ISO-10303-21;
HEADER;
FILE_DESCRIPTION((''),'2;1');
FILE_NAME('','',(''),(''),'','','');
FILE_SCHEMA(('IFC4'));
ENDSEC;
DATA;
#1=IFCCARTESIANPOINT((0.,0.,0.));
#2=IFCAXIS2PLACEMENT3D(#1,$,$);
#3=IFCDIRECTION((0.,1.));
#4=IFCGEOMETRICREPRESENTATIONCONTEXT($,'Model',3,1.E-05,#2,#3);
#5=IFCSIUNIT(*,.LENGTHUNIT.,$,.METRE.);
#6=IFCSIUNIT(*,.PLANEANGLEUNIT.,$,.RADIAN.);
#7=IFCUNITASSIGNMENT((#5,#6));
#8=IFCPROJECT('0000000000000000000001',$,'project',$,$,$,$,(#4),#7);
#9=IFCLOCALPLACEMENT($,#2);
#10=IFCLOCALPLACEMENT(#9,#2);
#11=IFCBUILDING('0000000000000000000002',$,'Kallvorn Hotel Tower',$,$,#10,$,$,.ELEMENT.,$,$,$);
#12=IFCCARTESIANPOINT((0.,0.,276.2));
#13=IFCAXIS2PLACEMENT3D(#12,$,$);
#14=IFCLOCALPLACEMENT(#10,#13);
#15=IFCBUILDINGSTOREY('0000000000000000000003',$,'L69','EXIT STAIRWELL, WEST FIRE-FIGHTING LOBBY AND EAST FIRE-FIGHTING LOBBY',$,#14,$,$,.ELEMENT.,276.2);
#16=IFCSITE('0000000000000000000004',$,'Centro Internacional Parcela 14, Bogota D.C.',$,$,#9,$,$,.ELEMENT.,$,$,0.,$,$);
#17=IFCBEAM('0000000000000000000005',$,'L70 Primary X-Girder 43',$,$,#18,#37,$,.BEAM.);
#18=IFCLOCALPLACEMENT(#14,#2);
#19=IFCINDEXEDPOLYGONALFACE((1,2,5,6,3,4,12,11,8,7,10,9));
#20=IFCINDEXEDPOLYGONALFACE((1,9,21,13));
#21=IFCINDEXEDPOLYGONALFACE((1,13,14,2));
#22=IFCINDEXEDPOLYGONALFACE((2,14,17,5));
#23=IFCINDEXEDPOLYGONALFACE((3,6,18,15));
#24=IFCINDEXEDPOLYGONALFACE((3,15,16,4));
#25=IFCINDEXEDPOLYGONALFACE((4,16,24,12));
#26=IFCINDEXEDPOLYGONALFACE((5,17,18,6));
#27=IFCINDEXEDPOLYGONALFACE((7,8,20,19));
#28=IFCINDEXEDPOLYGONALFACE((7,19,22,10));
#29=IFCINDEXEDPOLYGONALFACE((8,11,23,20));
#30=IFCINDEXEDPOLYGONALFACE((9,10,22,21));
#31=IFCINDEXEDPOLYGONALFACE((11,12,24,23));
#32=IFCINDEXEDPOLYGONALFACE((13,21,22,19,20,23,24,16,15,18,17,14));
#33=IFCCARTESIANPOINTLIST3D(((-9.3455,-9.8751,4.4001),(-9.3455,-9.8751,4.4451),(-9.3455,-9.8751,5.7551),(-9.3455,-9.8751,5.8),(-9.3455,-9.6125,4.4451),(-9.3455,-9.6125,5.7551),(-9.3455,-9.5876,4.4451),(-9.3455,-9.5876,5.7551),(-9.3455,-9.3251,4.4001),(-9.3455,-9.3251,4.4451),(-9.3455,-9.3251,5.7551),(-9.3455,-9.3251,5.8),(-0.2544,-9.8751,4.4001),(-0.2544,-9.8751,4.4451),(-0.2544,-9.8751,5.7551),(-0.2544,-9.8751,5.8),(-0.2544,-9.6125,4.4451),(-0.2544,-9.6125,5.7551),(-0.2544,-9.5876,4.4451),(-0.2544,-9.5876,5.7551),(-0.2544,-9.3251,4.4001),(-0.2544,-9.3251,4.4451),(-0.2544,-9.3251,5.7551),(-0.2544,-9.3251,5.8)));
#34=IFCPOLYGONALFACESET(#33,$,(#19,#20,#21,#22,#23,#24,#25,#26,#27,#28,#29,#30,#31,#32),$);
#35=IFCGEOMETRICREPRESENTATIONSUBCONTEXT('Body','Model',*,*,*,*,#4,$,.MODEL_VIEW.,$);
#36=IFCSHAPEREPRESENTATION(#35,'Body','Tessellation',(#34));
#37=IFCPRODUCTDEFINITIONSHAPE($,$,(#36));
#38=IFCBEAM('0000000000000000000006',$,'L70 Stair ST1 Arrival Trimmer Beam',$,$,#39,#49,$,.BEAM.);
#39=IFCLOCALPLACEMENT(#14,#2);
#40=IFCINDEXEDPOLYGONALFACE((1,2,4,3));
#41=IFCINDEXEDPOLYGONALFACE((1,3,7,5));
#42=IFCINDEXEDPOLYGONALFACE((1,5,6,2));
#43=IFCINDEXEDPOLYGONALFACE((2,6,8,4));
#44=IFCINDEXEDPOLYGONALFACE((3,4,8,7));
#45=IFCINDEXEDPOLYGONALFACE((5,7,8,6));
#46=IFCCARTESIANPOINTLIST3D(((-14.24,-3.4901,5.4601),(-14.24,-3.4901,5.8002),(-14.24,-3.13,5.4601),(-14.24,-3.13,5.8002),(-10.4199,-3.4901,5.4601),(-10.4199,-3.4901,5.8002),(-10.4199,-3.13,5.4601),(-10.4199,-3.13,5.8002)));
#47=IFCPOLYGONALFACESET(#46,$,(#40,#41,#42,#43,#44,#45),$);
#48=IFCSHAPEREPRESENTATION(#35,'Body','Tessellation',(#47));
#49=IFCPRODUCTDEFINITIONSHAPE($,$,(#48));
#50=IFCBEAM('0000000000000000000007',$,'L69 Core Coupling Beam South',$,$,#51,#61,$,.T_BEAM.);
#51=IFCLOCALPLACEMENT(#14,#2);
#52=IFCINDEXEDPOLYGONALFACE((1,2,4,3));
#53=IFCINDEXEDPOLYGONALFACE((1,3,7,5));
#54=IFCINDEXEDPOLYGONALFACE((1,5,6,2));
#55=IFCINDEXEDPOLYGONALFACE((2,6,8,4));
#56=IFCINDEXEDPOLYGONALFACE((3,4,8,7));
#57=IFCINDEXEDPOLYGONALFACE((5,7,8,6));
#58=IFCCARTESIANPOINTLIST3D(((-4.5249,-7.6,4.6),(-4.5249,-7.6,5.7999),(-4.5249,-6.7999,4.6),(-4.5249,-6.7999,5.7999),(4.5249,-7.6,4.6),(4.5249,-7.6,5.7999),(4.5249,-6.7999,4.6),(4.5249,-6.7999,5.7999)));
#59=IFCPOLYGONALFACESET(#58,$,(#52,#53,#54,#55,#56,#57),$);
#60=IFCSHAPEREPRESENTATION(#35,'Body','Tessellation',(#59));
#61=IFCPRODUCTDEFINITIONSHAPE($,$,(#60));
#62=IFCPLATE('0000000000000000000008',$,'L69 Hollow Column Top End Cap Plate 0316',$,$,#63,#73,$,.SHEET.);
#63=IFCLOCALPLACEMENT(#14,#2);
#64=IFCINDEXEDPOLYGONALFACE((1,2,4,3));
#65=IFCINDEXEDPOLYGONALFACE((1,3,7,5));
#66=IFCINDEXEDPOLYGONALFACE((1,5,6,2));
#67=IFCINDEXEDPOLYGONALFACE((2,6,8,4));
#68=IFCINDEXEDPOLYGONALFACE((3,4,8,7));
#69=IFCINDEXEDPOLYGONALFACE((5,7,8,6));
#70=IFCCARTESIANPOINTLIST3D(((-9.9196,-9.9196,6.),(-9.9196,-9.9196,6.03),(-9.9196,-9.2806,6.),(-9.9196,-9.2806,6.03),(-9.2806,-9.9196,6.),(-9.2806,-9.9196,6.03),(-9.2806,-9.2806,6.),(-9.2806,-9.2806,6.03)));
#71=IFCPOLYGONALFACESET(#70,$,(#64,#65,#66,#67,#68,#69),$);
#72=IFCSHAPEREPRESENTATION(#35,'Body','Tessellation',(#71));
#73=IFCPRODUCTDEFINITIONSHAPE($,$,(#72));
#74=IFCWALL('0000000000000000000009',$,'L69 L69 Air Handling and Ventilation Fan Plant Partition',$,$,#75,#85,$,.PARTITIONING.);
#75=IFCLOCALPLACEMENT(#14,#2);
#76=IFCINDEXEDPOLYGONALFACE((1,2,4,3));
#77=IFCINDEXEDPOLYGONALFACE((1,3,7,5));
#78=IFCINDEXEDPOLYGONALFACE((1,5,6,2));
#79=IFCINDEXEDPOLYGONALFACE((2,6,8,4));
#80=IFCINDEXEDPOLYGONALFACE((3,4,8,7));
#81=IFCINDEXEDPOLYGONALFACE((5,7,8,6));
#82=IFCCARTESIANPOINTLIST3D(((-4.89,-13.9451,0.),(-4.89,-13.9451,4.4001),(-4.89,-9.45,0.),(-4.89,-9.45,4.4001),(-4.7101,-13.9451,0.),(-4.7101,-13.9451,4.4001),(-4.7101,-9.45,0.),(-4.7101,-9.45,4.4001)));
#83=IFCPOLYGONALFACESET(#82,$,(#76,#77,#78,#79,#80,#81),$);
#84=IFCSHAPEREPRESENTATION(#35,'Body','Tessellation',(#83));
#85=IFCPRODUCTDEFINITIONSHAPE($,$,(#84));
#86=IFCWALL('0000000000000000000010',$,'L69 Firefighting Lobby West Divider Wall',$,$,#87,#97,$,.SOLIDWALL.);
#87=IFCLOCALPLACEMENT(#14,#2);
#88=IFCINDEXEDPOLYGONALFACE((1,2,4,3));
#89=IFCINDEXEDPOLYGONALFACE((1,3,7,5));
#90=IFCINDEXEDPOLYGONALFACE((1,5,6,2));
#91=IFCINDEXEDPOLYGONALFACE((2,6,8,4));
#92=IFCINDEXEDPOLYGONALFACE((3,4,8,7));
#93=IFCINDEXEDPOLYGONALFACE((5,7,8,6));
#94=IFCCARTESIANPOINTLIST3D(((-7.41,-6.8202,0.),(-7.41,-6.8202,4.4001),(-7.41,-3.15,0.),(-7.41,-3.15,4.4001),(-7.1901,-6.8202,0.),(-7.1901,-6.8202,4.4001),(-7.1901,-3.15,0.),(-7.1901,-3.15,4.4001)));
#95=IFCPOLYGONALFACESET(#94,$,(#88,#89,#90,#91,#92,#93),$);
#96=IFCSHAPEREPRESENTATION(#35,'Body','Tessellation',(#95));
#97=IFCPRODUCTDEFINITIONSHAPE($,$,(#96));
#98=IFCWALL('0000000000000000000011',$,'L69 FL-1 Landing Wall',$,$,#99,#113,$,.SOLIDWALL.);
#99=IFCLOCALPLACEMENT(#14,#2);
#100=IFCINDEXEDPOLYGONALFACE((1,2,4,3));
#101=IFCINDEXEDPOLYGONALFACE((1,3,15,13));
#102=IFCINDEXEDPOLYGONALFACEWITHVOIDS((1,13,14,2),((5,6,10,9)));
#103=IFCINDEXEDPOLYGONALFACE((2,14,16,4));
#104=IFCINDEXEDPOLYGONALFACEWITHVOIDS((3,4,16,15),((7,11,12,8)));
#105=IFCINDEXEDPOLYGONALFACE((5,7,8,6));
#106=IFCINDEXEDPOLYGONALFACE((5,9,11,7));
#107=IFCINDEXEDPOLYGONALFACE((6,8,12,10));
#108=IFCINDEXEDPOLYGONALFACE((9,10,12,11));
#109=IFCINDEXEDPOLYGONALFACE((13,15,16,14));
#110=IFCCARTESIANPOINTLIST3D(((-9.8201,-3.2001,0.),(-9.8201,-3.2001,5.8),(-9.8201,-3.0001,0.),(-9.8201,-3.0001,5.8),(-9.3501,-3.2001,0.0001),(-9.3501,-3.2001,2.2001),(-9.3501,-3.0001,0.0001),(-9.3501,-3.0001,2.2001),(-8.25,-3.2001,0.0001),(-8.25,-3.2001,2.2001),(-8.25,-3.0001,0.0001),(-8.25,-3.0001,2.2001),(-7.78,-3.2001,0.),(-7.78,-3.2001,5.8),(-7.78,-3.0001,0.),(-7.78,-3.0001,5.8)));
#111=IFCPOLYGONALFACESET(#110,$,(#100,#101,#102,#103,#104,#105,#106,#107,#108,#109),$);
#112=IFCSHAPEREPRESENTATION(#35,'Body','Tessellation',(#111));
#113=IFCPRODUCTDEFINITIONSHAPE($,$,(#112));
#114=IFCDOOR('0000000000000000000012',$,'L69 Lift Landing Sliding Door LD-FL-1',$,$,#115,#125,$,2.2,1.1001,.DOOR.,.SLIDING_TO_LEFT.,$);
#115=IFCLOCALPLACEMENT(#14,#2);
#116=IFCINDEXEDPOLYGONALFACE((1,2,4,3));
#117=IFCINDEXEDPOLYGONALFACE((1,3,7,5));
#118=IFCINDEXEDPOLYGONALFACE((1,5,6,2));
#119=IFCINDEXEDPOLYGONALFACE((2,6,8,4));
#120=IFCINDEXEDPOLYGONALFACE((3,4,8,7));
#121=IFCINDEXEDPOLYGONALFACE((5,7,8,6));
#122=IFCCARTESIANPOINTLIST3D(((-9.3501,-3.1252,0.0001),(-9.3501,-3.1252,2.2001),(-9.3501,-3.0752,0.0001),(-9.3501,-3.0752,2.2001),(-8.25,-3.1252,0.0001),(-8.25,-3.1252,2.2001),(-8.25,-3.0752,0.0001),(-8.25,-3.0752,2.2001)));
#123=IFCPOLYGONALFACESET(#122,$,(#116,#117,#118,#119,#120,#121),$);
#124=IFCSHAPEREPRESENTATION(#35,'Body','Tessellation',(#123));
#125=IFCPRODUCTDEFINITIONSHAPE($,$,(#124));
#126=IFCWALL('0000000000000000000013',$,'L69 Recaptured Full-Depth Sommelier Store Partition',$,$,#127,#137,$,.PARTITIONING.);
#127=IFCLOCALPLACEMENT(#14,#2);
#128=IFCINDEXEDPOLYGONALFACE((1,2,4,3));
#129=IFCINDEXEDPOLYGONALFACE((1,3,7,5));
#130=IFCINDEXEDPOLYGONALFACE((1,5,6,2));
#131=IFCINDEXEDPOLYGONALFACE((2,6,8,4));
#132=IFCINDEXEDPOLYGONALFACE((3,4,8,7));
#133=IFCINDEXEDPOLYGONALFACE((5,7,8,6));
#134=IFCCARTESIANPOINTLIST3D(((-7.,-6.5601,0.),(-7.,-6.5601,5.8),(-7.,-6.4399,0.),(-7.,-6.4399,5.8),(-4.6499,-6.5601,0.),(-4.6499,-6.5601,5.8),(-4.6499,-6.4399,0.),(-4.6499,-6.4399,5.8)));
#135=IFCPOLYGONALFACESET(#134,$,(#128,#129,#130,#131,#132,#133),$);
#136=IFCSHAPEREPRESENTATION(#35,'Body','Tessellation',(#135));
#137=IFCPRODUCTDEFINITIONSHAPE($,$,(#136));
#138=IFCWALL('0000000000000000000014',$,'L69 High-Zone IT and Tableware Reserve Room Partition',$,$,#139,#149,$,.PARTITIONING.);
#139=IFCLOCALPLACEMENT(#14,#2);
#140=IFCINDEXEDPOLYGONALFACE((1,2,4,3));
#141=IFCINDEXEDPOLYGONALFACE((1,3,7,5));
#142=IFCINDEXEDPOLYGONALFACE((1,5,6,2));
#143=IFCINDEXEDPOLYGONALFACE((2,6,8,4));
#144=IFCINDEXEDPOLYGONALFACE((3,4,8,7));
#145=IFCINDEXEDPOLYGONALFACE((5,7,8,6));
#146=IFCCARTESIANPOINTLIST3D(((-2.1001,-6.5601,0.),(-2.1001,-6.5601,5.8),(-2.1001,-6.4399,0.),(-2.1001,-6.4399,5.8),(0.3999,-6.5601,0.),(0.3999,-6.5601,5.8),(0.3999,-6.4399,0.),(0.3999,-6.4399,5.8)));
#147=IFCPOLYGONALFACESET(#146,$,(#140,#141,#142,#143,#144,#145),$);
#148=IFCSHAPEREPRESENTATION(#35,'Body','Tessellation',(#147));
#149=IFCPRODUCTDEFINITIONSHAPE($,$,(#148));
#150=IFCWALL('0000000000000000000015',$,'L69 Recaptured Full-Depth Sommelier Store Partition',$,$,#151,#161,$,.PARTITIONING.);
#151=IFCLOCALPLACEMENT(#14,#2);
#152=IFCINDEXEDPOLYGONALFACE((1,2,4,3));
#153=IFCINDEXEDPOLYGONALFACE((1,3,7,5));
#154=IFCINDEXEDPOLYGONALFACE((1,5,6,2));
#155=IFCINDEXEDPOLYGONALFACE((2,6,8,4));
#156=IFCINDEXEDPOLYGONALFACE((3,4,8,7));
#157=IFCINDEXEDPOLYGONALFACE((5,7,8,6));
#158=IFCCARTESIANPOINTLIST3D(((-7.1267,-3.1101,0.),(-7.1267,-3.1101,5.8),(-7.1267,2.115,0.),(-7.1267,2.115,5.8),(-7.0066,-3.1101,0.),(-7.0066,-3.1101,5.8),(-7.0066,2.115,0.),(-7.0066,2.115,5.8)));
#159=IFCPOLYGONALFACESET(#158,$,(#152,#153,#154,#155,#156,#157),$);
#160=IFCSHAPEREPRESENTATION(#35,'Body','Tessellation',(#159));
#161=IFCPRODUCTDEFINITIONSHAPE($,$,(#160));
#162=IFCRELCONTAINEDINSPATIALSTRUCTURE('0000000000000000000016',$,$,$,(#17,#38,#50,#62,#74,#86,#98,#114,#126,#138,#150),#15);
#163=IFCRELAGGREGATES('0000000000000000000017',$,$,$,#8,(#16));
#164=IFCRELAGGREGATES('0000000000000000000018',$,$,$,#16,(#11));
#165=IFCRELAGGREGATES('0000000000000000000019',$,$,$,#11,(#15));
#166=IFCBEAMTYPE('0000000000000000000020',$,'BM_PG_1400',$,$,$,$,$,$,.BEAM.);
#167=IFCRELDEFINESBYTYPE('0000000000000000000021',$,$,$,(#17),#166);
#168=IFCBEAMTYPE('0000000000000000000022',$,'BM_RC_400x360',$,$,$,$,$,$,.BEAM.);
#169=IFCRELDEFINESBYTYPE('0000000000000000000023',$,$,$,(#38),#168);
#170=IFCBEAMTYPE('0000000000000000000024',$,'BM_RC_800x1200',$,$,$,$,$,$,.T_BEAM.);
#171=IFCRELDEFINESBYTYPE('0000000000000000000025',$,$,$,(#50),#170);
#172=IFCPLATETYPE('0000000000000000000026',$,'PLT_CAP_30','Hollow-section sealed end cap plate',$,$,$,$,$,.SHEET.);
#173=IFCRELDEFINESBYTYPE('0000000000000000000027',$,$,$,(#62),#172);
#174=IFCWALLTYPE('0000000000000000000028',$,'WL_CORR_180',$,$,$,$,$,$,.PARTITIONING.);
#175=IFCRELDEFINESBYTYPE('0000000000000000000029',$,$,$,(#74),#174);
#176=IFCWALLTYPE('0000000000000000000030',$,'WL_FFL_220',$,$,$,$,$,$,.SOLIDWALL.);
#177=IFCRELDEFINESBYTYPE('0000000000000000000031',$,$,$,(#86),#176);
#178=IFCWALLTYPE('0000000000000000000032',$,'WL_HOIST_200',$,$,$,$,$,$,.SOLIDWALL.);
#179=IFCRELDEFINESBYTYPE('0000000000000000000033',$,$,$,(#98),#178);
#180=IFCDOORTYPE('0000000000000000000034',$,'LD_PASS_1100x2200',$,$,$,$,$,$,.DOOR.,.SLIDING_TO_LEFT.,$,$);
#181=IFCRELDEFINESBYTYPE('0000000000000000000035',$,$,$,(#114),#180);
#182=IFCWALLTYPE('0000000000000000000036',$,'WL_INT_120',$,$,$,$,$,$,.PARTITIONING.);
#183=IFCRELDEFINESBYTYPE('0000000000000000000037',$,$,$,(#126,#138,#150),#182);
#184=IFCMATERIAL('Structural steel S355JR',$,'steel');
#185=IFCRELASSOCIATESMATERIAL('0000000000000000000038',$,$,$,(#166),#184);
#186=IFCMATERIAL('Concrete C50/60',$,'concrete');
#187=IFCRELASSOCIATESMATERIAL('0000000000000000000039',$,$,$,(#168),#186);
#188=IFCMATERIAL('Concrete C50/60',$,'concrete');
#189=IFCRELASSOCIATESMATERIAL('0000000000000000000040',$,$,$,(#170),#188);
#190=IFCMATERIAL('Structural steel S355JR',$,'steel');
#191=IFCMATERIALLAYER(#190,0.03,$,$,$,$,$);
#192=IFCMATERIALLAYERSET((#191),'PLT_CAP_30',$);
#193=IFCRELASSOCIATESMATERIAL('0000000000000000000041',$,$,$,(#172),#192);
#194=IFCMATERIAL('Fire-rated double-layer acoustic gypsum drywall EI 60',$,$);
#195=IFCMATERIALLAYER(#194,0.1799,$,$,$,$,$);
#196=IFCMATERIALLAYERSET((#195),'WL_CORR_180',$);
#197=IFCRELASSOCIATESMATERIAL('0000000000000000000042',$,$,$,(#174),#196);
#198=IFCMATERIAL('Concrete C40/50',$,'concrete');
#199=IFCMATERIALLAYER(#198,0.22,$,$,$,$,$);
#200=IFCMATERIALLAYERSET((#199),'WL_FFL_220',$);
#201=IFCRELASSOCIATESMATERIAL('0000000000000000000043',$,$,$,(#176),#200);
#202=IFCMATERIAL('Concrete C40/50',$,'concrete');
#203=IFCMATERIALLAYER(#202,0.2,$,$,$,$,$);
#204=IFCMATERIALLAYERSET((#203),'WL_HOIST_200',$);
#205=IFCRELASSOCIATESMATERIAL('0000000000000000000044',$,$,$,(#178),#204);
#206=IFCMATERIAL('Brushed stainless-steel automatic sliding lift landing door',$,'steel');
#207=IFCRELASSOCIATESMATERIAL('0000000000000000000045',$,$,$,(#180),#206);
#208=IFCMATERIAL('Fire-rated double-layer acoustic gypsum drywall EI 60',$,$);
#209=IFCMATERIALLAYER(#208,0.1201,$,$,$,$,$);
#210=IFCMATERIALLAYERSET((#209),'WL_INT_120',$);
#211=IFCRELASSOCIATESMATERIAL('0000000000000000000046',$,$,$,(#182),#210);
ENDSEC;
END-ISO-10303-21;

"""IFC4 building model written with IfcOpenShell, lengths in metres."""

from ifc_helpers import new_model, si_unit, direction, frame, frame_2d, origin, origin_2d, place, context, subcontext, project, spatial, rectangle, i_section, extrude, material, layer, layer_set, material_profile, profile_set, type_object, element, fill, save


model = new_model("IFC4")

# Units and contexts
model_context = context("Model", 3, precision=1e-05, world=origin(), true_north=direction((0.0, 1.0)))
body_context = subcontext(model_context, "Body", "Model", "MODEL_VIEW")
ifc_project = project(units=[si_unit("LENGTHUNIT", "METRE"), si_unit("PLANEANGLEUNIT", "RADIAN")], contexts=[model_context])

# Site, building, storey
site_placement = place(None, origin())
site = spatial("IfcSite", under=ifc_project, at=site_placement, Name="Centro Internacional Parcela 14, Bogota D.C.", CompositionType="ELEMENT", RefElevation=0.0)
building_placement = place(site_placement, origin())
building = spatial("IfcBuilding", under=site, at=building_placement, Name="Kallvorn Hotel Tower", CompositionType="ELEMENT")
storey_placement = place(building_placement, frame((0.0, 0.0, 276.2)))
storey = spatial("IfcBuildingStorey", under=building, at=storey_placement, Name="L69", Description="EXIT STAIRWELL, WEST FIRE-FIGHTING LOBBY AND EAST FIRE-FIGHTING LOBBY", CompositionType="ELEMENT", Elevation=276.2)

# Beams
ifc_material_1 = material(Name="Structural steel S355JR", Category="steel")
ifc_material_profile_1 = material_profile(ifc_material_1, i_section(OverallWidth=0.55, OverallDepth=1.3999, WebThickness=0.0249, FlangeThickness=0.0449, at=origin_2d()), Name="PG 1400x550x25x45")
ifc_profile_set_1 = profile_set([ifc_material_profile_1], Name="Structural steel S355JR")
beam_type_1 = type_object("IfcBeamType", Name="BM_PG_1400", PredefinedType="BEAM", material=ifc_profile_set_1)
beam_1_placement = place(storey_placement, frame((-9.3455, -9.6001, 5.1001), z_axis=(1.0, 0.0, 0.0), x_axis=(0.0, 1.0, 0.0)))
element("IfcBeam", 1, at=beam_1_placement, inside=storey, type_object=beam_type_1, Name="L70 Primary X-Girder 43", PredefinedType="BEAM", context=body_context, shape_type="SweptSolid", body=[
    extrude(i_section(OverallWidth=0.55, OverallDepth=1.3999, WebThickness=0.0249, FlangeThickness=0.0449, at=origin_2d()), origin(), (0.0, 0.0, 1.0), 9.0911),
])
ifc_material_2 = material(Name="Concrete C50/60", Category="concrete")
ifc_material_profile_2 = material_profile(ifc_material_2, rectangle(XDim=0.3601, YDim=0.3401, at=origin_2d()), Name="RC 360x340")
ifc_profile_set_2 = profile_set([ifc_material_profile_2], Name="Concrete C50/60")
beam_type_2 = type_object("IfcBeamType", Name="BM_RC_400x360", PredefinedType="BEAM", material=ifc_profile_set_2)
beam_2_placement = place(storey_placement, frame((-10.4199, -3.3101, 5.6301), z_axis=(-1.0, 0.0, 0.0), x_axis=(0.0, -1.0, 0.0)))
element("IfcBeam", 2, at=beam_2_placement, inside=storey, type_object=beam_type_2, Name="L70 Stair ST1 Arrival Trimmer Beam", PredefinedType="BEAM", context=body_context, shape_type="SweptSolid", body=[
    extrude(rectangle(XDim=0.3601, YDim=0.3401, at=origin_2d()), origin(), (0.0, 0.0, 1.0), 3.8201),
])
ifc_material_3 = material(Name="Concrete C50/60", Category="concrete")
ifc_material_profile_3 = material_profile(ifc_material_3, rectangle(XDim=0.8, YDim=1.2, at=origin_2d()), Name="RC 800x1200")
ifc_profile_set_3 = profile_set([ifc_material_profile_3], Name="Concrete C50/60")
beam_type_3 = type_object("IfcBeamType", Name="BM_RC_800x1200", PredefinedType="T_BEAM", material=ifc_profile_set_3)
beam_3_placement = place(storey_placement, frame((-4.5249, -7.2, 5.2), z_axis=(1.0, 0.0, 0.0), x_axis=(0.0, 1.0, 0.0)))
element("IfcBeam", 3, at=beam_3_placement, inside=storey, type_object=beam_type_3, Name="L69 Core Coupling Beam South", PredefinedType="T_BEAM", context=body_context, shape_type="SweptSolid", body=[
    extrude(rectangle(XDim=0.8, YDim=1.2, at=origin_2d()), origin(), (0.0, 0.0, 1.0), 9.0498),
])

# Plate
ifc_material_4 = material(Name="Structural steel S355JR", Category="steel")
ifc_layer_1 = layer(ifc_material_4, 0.03)
ifc_layer_set_1 = layer_set([ifc_layer_1], Name="PLT_CAP_30")
plate_type = type_object("IfcPlateType", Name="PLT_CAP_30", Description="Hollow-section sealed end cap plate", PredefinedType="SHEET", material=ifc_layer_set_1)
plate_placement = place(storey_placement, frame((-9.6001, -9.6001, 6.0), z_axis=(0.0, 0.0, 1.0), x_axis=(1.0, 0.0, 0.0)))
element("IfcPlate", 4, at=plate_placement, inside=storey, type_object=plate_type, Name="L69 Hollow Column Top End Cap Plate 0316", PredefinedType="SHEET", context=body_context, shape_type="SweptSolid", body=[
    extrude(rectangle(XDim=0.6389, YDim=0.6389, at=origin_2d()), origin(), (0.0, 0.0, 1.0), 0.03),
])

# Walls
ifc_material_5 = material(Name="Fire-rated double-layer acoustic gypsum drywall EI 60")
ifc_layer_2 = layer(ifc_material_5, 0.1799)
ifc_layer_set_2 = layer_set([ifc_layer_2], Name="WL_CORR_180")
wall_type_1 = type_object("IfcWallType", Name="WL_CORR_180", PredefinedType="PARTITIONING", material=ifc_layer_set_2)
wall_1_placement = place(storey_placement, frame((-4.8, -13.9451, 0.0), z_axis=(0.0, 0.0, 1.0), x_axis=(0.0, 1.0, 0.0)))
element("IfcWall", 5, at=wall_1_placement, inside=storey, type_object=wall_type_1, Name="L69 L69 Air Handling and Ventilation Fan Plant Partition", PredefinedType="PARTITIONING", context=body_context, shape_type="SweptSolid", body=[
    extrude(rectangle(XDim=4.4951, YDim=0.1799, at=frame_2d((2.2476, 0.0))), origin(), (0.0, 0.0, 1.0), 4.4001),
])
ifc_material_6 = material(Name="Concrete C40/50", Category="concrete")
ifc_layer_3 = layer(ifc_material_6, 0.22)
ifc_layer_set_3 = layer_set([ifc_layer_3], Name="WL_FFL_220")
wall_type_2 = type_object("IfcWallType", Name="WL_FFL_220", PredefinedType="SOLIDWALL", material=ifc_layer_set_3)
wall_2_placement = place(storey_placement, frame((-7.3, -6.8201, 0.0), z_axis=(0.0, 0.0, 1.0), x_axis=(0.0, 1.0, 0.0)))
element("IfcWall", 6, at=wall_2_placement, inside=storey, type_object=wall_type_2, Name="L69 Firefighting Lobby West Divider Wall", PredefinedType="SOLIDWALL", context=body_context, shape_type="SweptSolid", body=[
    extrude(rectangle(XDim=3.6702, YDim=0.22, at=frame_2d((1.835, 0.0))), origin(), (0.0, 0.0, 1.0), 4.4001),
])

# Wall, opening, door
ifc_material_7 = material(Name="Concrete C40/50", Category="concrete")
ifc_layer_4 = layer(ifc_material_7, 0.2)
ifc_layer_set_4 = layer_set([ifc_layer_4], Name="WL_HOIST_200")
wall_type_3 = type_object("IfcWallType", Name="WL_HOIST_200", PredefinedType="SOLIDWALL", material=ifc_layer_set_4)
wall_3_placement = place(storey_placement, frame((-9.8201, -3.1001, 0.0), z_axis=(0.0, 0.0, 1.0), x_axis=(1.0, 0.0, 0.0)))
wall_3 = element("IfcWall", 7, at=wall_3_placement, inside=storey, type_object=wall_type_3, Name="L69 FL-1 Landing Wall", PredefinedType="SOLIDWALL", context=body_context, shape_type="SweptSolid", body=[
    extrude(rectangle(XDim=2.04, YDim=0.2, at=frame_2d((1.02, 0.0))), origin(), (0.0, 0.0, 1.0), 5.8),
])
opening_1_placement = place(wall_3_placement, frame((0.47, 0.0, 0.0)))
opening_1 = element("IfcOpeningElement", 8, at=opening_1_placement, cuts=wall_3, PredefinedType="OPENING", context=body_context, shape_type="SweptSolid", body=[
    extrude(rectangle(XDim=1.1001, YDim=2.2, at=frame_2d((0.55, 1.1001))), frame((0.0, 0.115, 0.0), z_axis=(0.0, -1.0, 0.0), x_axis=(1.0, 0.0, 0.0)), (0.0, 0.0, 1.0), 0.23),
])
ifc_material_8 = material(Name="Brushed stainless-steel automatic sliding lift landing door", Category="steel")
door_type_1 = type_object("IfcDoorType", Name="LD_PASS_1100x2200", OperationType="SLIDING_TO_LEFT", PredefinedType="DOOR", material=ifc_material_8)
door_1_placement = place(opening_1_placement, origin())
door_1 = element("IfcDoor", 9, at=door_1_placement, inside=storey, type_object=door_type_1, Name="L69 Lift Landing Sliding Door LD-FL-1", OperationType="SLIDING_TO_LEFT", OverallHeight=2.2, OverallWidth=1.1001, PredefinedType="DOOR", context=body_context, shape_type="SweptSolid", body=[
    extrude(rectangle(XDim=1.1001, YDim=2.2, at=frame_2d((0.55, 1.1001))), frame((0.0, 0.0249, 0.0), z_axis=(0.0, -1.0, 0.0), x_axis=(1.0, 0.0, 0.0)), (0.0, 0.0, 1.0), 0.05),
])
fill(opening_1, door_1)

# Walls
ifc_material_9 = material(Name="Fire-rated double-layer acoustic gypsum drywall EI 60")
ifc_layer_5 = layer(ifc_material_9, 0.1201)
ifc_layer_set_5 = layer_set([ifc_layer_5], Name="WL_INT_120")
wall_type_4 = type_object("IfcWallType", Name="WL_INT_120", PredefinedType="PARTITIONING", material=ifc_layer_set_5)
wall_4_placement = place(storey_placement, frame((-7.0, -6.5, 0.0), z_axis=(0.0, 0.0, 1.0), x_axis=(1.0, 0.0, 0.0)))
element("IfcWall", 10, at=wall_4_placement, inside=storey, type_object=wall_type_4, Name="L69 Recaptured Full-Depth Sommelier Store Partition", PredefinedType="PARTITIONING", context=body_context, shape_type="SweptSolid", body=[
    extrude(rectangle(XDim=2.3501, YDim=0.1201, at=frame_2d((1.175, 0.0))), origin(), (0.0, 0.0, 1.0), 5.8),
])
wall_5_placement = place(storey_placement, frame((-2.1001, -6.5, 0.0), z_axis=(0.0, 0.0, 1.0), x_axis=(1.0, 0.0, 0.0)))
element("IfcWall", 11, at=wall_5_placement, inside=storey, type_object=wall_type_4, Name="L69 High-Zone IT and Tableware Reserve Room Partition", PredefinedType="PARTITIONING", context=body_context, shape_type="SweptSolid", body=[
    extrude(rectangle(XDim=2.5, YDim=0.1201, at=frame_2d((1.25, 0.0))), origin(), (0.0, 0.0, 1.0), 5.8),
])
wall_6_placement = place(storey_placement, frame((-7.0667, -3.1101, 0.0), z_axis=(0.0, 0.0, 1.0), x_axis=(0.0, 1.0, 0.0)))
element("IfcWall", 12, at=wall_6_placement, inside=storey, type_object=wall_type_4, Name="L69 Recaptured Full-Depth Sommelier Store Partition", PredefinedType="PARTITIONING", context=body_context, shape_type="SweptSolid", body=[
    extrude(rectangle(XDim=5.2251, YDim=0.1201, at=frame_2d((2.6125, 0.0))), origin(), (0.0, 0.0, 1.0), 5.8),
])

save(model, "model.ifc")
